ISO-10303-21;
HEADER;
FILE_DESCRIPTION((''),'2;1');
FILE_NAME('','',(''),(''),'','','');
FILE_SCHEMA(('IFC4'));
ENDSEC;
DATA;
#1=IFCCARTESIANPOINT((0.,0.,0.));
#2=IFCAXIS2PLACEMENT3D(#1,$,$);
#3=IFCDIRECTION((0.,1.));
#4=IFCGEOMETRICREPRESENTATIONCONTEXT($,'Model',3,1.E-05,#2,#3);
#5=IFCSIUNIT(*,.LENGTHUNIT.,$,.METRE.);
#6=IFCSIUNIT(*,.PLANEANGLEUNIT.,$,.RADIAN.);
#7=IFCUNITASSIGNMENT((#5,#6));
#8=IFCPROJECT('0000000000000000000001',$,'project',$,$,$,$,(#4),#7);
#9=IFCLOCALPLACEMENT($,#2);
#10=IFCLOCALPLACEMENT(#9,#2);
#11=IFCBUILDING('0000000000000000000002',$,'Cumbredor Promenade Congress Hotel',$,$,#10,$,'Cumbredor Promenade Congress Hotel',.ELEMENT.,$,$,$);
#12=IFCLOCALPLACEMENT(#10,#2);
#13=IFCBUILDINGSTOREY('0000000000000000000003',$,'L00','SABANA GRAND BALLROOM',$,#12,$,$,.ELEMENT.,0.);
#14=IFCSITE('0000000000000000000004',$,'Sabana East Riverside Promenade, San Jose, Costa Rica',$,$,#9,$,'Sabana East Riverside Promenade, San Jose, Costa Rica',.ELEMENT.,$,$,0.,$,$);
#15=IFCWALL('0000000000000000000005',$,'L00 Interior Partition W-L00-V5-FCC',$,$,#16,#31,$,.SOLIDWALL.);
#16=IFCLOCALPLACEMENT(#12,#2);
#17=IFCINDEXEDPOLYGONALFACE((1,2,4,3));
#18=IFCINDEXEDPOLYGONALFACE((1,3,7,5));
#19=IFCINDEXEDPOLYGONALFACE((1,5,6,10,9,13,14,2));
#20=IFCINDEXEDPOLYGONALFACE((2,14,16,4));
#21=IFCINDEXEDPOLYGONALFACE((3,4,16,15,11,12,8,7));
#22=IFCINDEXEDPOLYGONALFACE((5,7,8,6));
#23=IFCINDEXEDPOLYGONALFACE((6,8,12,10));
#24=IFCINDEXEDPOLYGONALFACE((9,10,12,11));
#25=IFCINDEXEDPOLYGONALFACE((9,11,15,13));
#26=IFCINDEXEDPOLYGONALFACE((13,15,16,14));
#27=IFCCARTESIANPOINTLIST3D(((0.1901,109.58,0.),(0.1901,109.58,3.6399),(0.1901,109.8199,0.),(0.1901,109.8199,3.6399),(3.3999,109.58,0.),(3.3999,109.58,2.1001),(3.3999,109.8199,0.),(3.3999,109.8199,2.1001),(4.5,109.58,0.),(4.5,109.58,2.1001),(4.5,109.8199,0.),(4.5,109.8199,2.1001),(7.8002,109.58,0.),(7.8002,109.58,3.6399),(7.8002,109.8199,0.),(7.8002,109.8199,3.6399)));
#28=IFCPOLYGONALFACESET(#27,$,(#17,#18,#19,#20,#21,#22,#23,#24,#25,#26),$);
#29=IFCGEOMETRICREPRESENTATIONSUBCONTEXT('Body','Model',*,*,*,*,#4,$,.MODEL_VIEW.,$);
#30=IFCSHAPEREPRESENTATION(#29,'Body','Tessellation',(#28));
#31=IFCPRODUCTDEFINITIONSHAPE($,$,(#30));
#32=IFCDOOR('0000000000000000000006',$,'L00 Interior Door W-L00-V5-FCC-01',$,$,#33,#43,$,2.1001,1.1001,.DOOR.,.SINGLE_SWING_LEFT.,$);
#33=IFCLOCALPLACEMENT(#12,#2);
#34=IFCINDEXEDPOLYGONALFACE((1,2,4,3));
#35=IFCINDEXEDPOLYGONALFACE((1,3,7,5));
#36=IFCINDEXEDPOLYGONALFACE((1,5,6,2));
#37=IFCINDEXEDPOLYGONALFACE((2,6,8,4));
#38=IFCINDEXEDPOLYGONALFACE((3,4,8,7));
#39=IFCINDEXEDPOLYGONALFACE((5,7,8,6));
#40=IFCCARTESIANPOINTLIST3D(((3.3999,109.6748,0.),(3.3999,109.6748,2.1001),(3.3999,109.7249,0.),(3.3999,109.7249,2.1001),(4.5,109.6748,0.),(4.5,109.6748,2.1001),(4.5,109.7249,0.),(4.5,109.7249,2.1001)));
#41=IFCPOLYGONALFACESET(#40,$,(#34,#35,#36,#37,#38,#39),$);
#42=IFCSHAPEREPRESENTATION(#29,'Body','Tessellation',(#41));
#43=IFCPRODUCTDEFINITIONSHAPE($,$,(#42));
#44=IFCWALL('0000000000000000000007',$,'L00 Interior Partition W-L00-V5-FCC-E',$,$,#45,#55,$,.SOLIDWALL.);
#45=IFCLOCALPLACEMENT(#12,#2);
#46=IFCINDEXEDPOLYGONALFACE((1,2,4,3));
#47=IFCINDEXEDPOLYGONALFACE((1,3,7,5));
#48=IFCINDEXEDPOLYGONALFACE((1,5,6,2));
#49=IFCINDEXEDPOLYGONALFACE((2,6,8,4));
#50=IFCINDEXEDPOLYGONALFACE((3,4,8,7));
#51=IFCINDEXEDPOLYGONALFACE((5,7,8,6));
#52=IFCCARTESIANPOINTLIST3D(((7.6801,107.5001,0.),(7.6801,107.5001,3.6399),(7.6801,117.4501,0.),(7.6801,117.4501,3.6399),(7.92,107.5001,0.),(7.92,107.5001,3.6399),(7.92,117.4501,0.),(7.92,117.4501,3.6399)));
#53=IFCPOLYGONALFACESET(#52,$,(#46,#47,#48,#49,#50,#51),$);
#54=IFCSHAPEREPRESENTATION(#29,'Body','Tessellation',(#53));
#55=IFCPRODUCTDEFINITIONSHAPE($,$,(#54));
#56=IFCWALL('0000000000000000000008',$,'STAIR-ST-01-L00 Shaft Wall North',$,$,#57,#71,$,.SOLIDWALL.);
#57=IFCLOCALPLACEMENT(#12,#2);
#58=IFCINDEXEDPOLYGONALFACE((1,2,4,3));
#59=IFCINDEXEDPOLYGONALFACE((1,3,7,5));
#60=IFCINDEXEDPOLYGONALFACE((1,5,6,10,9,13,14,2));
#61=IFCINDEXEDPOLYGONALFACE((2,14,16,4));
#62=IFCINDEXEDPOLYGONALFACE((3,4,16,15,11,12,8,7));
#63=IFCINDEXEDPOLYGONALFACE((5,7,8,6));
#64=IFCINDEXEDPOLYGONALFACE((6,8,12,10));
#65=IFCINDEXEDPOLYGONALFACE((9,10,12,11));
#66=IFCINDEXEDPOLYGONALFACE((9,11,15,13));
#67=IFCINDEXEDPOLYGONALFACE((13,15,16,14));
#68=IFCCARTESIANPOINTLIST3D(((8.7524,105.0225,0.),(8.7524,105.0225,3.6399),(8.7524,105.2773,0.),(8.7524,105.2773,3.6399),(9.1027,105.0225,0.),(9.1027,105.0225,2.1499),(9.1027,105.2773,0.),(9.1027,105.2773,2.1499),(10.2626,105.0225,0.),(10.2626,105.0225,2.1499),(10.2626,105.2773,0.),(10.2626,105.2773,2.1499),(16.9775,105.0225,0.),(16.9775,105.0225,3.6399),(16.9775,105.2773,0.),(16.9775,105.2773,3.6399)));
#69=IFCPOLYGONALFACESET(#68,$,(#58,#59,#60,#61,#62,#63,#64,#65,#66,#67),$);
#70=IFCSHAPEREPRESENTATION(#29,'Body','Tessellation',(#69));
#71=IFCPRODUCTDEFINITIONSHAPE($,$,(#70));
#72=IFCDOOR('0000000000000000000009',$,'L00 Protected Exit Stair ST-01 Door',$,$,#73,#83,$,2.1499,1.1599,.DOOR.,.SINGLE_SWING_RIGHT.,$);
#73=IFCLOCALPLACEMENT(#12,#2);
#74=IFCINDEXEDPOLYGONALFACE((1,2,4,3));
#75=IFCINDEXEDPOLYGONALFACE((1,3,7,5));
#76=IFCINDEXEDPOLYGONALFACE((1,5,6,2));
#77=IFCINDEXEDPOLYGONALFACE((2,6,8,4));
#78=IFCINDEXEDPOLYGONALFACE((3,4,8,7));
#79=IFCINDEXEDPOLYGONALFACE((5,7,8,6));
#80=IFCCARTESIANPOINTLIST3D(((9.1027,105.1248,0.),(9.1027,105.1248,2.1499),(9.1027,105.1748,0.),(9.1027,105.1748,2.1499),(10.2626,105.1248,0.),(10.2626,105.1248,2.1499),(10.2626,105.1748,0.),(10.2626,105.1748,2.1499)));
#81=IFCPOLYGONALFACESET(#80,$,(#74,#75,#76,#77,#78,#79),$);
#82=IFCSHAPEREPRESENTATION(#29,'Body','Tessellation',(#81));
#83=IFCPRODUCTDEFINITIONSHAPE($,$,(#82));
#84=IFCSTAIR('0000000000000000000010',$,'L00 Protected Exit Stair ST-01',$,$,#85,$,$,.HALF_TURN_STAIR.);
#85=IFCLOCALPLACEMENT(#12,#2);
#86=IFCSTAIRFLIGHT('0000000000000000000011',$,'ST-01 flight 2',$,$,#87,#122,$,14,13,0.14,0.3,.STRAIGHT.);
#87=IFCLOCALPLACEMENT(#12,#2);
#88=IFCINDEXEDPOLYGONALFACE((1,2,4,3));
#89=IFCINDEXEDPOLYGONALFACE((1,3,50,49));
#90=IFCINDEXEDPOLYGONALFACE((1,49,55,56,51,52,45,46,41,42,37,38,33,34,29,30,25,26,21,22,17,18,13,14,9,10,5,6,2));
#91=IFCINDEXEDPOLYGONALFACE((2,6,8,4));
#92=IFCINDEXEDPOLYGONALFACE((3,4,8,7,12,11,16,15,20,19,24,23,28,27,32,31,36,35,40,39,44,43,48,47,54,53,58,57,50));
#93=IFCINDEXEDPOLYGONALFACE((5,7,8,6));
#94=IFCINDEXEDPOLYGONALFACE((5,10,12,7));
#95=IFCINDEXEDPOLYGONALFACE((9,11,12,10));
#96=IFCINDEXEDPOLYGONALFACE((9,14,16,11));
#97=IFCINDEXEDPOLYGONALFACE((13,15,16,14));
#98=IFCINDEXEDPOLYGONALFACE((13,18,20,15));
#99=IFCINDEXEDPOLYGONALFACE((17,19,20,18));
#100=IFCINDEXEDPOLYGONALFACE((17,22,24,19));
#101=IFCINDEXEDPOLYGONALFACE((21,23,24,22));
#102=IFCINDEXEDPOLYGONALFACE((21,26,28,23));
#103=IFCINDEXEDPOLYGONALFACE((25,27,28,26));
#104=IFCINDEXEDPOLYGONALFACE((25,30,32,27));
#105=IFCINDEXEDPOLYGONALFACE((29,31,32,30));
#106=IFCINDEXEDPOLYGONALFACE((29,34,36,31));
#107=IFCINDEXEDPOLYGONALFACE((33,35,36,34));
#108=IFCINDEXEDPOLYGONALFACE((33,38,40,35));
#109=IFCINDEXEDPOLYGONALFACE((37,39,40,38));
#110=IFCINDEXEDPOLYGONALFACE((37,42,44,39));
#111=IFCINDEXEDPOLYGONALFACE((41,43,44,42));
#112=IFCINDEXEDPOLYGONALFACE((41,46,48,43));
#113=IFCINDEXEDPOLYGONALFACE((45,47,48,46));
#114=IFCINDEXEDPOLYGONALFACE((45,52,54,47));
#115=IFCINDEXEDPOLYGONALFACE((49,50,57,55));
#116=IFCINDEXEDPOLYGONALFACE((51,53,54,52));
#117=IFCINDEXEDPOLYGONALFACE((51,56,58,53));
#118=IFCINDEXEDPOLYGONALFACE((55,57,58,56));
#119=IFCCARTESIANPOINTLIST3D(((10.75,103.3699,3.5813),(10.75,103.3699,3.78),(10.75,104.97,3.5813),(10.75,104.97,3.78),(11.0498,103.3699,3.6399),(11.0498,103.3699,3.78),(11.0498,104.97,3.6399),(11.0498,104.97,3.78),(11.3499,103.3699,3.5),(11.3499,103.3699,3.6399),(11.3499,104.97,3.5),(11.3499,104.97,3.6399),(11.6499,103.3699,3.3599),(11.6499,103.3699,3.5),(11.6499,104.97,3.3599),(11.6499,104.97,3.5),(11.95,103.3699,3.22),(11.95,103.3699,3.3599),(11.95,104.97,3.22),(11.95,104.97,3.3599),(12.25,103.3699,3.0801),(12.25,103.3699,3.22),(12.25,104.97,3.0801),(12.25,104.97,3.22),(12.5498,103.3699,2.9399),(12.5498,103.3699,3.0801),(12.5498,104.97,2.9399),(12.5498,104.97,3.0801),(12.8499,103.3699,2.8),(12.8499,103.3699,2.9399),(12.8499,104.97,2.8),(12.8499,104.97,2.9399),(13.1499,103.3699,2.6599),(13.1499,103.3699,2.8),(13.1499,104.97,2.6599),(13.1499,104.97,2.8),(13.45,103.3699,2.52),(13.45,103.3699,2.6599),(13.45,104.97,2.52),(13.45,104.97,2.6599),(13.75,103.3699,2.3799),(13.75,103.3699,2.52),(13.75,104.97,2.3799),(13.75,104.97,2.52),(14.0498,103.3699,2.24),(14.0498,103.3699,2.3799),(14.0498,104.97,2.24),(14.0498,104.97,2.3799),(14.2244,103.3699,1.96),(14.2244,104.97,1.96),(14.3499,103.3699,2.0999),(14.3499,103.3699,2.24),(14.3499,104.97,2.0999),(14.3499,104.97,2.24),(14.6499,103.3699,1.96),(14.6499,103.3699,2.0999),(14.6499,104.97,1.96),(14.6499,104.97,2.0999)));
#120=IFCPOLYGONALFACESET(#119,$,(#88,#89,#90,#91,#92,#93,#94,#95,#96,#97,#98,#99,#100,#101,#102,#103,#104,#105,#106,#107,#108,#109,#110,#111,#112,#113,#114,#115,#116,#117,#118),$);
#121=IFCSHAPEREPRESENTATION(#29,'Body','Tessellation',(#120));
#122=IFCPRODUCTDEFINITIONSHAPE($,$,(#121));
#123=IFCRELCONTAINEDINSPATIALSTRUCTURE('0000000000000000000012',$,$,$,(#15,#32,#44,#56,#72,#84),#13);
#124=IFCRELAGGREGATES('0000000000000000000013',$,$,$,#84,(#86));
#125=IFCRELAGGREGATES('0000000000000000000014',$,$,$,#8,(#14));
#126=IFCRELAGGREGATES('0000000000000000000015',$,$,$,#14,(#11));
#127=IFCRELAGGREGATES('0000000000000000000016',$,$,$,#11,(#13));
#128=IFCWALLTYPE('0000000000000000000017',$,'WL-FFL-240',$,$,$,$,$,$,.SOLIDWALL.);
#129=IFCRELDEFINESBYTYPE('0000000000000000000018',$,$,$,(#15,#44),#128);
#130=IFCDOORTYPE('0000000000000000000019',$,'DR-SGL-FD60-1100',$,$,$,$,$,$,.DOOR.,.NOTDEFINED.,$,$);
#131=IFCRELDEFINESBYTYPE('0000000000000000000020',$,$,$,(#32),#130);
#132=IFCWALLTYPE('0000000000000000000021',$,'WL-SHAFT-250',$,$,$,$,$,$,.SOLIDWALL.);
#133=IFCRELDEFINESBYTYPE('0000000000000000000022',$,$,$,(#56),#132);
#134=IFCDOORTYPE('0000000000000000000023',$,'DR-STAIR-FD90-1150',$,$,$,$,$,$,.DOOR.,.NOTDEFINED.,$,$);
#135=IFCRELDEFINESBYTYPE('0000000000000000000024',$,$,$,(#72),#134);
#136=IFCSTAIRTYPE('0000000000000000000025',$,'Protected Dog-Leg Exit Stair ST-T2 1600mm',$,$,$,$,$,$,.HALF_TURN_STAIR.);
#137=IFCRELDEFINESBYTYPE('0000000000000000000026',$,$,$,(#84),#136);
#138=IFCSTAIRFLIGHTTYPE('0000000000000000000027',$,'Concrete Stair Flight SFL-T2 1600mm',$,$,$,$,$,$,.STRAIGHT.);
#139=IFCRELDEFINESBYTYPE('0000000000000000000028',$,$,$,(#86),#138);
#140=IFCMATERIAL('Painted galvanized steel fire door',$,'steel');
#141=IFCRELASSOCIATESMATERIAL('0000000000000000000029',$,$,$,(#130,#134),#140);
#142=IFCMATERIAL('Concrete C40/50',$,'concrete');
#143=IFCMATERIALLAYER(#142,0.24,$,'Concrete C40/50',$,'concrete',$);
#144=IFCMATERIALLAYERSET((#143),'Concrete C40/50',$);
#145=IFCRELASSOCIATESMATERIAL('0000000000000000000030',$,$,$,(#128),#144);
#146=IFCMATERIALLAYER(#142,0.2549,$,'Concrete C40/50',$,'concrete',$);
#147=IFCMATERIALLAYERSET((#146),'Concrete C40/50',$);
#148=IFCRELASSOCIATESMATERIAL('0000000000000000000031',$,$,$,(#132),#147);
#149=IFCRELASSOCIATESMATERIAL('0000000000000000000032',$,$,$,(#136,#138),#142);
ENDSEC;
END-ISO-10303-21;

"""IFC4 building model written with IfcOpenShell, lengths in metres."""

from ifc_helpers import new_model, si_unit, direction, frame, frame_2d, origin, place, context, subcontext, project, spatial, polyline, rectangle, outline, extrude, material, layer, layer_set, type_object, element, fill, aggregate, save


model = new_model("IFC4")

# Units and contexts
model_context = context("Model", 3, precision=1e-05, world=origin(), true_north=direction((0.0, 1.0)))
body_context = subcontext(model_context, "Body", "Model", "MODEL_VIEW")
ifc_project = project(units=[si_unit("LENGTHUNIT", "METRE"), si_unit("PLANEANGLEUNIT", "RADIAN")], contexts=[model_context])

# Site, building, storey
site_placement = place(None, origin())
site = spatial("IfcSite", under=ifc_project, at=site_placement, Name="Sabana East Riverside Promenade, San Jose, Costa Rica", LongName="Sabana East Riverside Promenade, San Jose, Costa Rica", CompositionType="ELEMENT", RefElevation=0.0)
building_placement = place(site_placement, origin())
building = spatial("IfcBuilding", under=site, at=building_placement, Name="Cumbredor Promenade Congress Hotel", LongName="Cumbredor Promenade Congress Hotel", CompositionType="ELEMENT")
storey_placement = place(building_placement, origin())
storey = spatial("IfcBuildingStorey", under=building, at=storey_placement, Name="L00", Description="SABANA GRAND BALLROOM", CompositionType="ELEMENT", Elevation=0.0)

# Shared definitions
ifc_material_1 = material(Name="Concrete C40/50", Category="concrete")

# Shared definitions
ifc_material_2 = material(Name="Painted galvanized steel fire door", Category="steel")
door_type_1 = type_object("IfcDoorType", Name="DR-SGL-FD60-1100", OperationType="NOTDEFINED", PredefinedType="DOOR", material=ifc_material_2)

# Wall, opening, door
ifc_layer_1 = layer(ifc_material_1, 0.24, Name="Concrete C40/50", Category="concrete")
ifc_layer_set_1 = layer_set([ifc_layer_1], Name="Concrete C40/50")
wall_type_1 = type_object("IfcWallType", Name="WL-FFL-240", PredefinedType="SOLIDWALL", material=ifc_layer_set_1)
wall_1_placement = place(storey_placement, frame((0.1899, 109.7, 0.0), z_axis=(0.0, 0.0, 1.0), x_axis=(1.0, 0.0, 0.0)))
wall_1 = element("IfcWall", 1, at=wall_1_placement, inside=storey, type_object=wall_type_1, Name="L00 Interior Partition W-L00-V5-FCC", PredefinedType="SOLIDWALL", context=body_context, shape_type="SweptSolid", body=[
    extrude(rectangle(XDim=7.6101, YDim=0.24, at=frame_2d((3.8052, 0.0))), origin(), (0.0, 0.0, 1.0), 3.6399),
])
opening_1_placement = place(wall_1_placement, frame((3.21, 0.0, 0.0)))
opening_1 = element("IfcOpeningElement", 2, at=opening_1_placement, cuts=wall_1, PredefinedType="OPENING", context=body_context, shape_type="SweptSolid", body=[
    extrude(rectangle(XDim=1.1001, YDim=2.1001, at=frame_2d((0.55, 1.05))), frame((0.0, 0.1299, 0.0), z_axis=(0.0, -1.0, 0.0), x_axis=(1.0, 0.0, 0.0)), (0.0, 0.0, 1.0), 0.26),
])
door_1_placement = place(opening_1_placement, origin())
door_1 = element("IfcDoor", 3, at=door_1_placement, inside=storey, type_object=door_type_1, Name="L00 Interior Door W-L00-V5-FCC-01", OperationType="SINGLE_SWING_LEFT", OverallHeight=2.1001, OverallWidth=1.1001, PredefinedType="DOOR", context=body_context, shape_type="SweptSolid", body=[
    extrude(rectangle(XDim=1.1001, YDim=2.1001, at=frame_2d((0.55, 1.05))), frame((0.0, 0.0249, 0.0), z_axis=(0.0, -1.0, 0.0), x_axis=(1.0, 0.0, 0.0)), (0.0, 0.0, 1.0), 0.05),
])
fill(opening_1, door_1)

# Wall
wall_2_placement = place(storey_placement, frame((7.8, 107.5, 0.0), z_axis=(0.0, 0.0, 1.0), x_axis=(0.0, 1.0, 0.0)))
element("IfcWall", 4, at=wall_2_placement, inside=storey, type_object=wall_type_1, Name="L00 Interior Partition W-L00-V5-FCC-E", PredefinedType="SOLIDWALL", context=body_context, shape_type="SweptSolid", body=[
    extrude(rectangle(XDim=9.95, YDim=0.24, at=frame_2d((4.9751, 0.0))), origin(), (0.0, 0.0, 1.0), 3.6399),
])

# Wall, opening, door
ifc_layer_2 = layer(ifc_material_1, 0.2549, Name="Concrete C40/50", Category="concrete")
ifc_layer_set_2 = layer_set([ifc_layer_2], Name="Concrete C40/50")
wall_type_2 = type_object("IfcWallType", Name="WL-SHAFT-250", PredefinedType="SOLIDWALL", material=ifc_layer_set_2)
wall_3_placement = place(storey_placement, frame((8.7524, 105.1499, 0.0), z_axis=(0.0, 0.0, 1.0), x_axis=(1.0, 0.0, 0.0)))
wall_3 = element("IfcWall", 5, at=wall_3_placement, inside=storey, type_object=wall_type_2, Name="STAIR-ST-01-L00 Shaft Wall North", PredefinedType="SOLIDWALL", context=body_context, shape_type="SweptSolid", body=[
    extrude(rectangle(XDim=8.2251, YDim=0.2549, at=frame_2d((4.1125, 0.0))), origin(), (0.0, 0.0, 1.0), 3.6399),
])
opening_2_placement = place(wall_3_placement, frame((0.3501, 0.0, 0.0)))
opening_2 = element("IfcOpeningElement", 6, at=opening_2_placement, cuts=wall_3, PredefinedType="OPENING", context=body_context, shape_type="SweptSolid", body=[
    extrude(rectangle(XDim=1.1599, YDim=2.1499, at=frame_2d((0.5801, 1.075))), frame((0.0, 0.1375, 0.0), z_axis=(0.0, -1.0, 0.0), x_axis=(1.0, 0.0, 0.0)), (0.0, 0.0, 1.0), 0.2749),
])
door_type_2 = type_object("IfcDoorType", Name="DR-STAIR-FD90-1150", OperationType="NOTDEFINED", PredefinedType="DOOR", material=ifc_material_2)
door_2_placement = place(opening_2_placement, origin())
door_2 = element("IfcDoor", 7, at=door_2_placement, inside=storey, type_object=door_type_2, Name="L00 Protected Exit Stair ST-01 Door", OperationType="SINGLE_SWING_RIGHT", OverallHeight=2.1499, OverallWidth=1.1599, PredefinedType="DOOR", context=body_context, shape_type="SweptSolid", body=[
    extrude(rectangle(XDim=1.1599, YDim=2.1499, at=frame_2d((0.5801, 1.075))), frame((0.0, 0.0249, 0.0), z_axis=(0.0, -1.0, 0.0), x_axis=(1.0, 0.0, 0.0)), (0.0, 0.0, 1.0), 0.05),
])
fill(opening_2, door_2)

# Stair, stair flight
stair_type = type_object("IfcStairType", Name="Protected Dog-Leg Exit Stair ST-T2 1600mm", PredefinedType="HALF_TURN_STAIR", material=ifc_material_1)
stair_placement = place(storey_placement, origin())
stair = element("IfcStair", 8, at=stair_placement, inside=storey, type_object=stair_type, Name="L00 Protected Exit Stair ST-01", PredefinedType="HALF_TURN_STAIR")
stair_flight_type = type_object("IfcStairFlightType", Name="Concrete Stair Flight SFL-T2 1600mm", PredefinedType="STRAIGHT", material=ifc_material_1)
stair_flight_placement = place(storey_placement, frame((14.6499, 104.1699, 1.96), z_axis=(0.0, 0.0, 1.0), x_axis=(-1.0, 0.0, 0.0)))
stair_flight = element("IfcStairFlight", 9, at=stair_flight_placement, type_object=stair_flight_type, Name="ST-01 flight 2", NumberOfRisers=14, NumberOfTreads=13, PredefinedType="STRAIGHT", RiserHeight=0.14, TreadLength=0.3, context=body_context, shape_type="SweptSolid", body=[
    extrude(outline(polyline([(0.0, 0.0), (0.0, 0.1399), (0.3, 0.1399), (0.3, 0.28), (0.6001, 0.28), (0.6001, 0.4199), (0.8999, 0.4199), (0.8999, 0.5601), (1.2, 0.5601), (1.2, 0.7), (1.5, 0.7), (1.5, 0.8401), (1.8, 0.8401), (1.8, 0.98), (2.1001, 0.98), (2.1001, 1.1201), (2.3999, 1.1201), (2.3999, 1.26), (2.7, 1.26), (2.7, 1.3999), (3.0, 1.3999), (3.0, 1.54), (3.3, 1.54), (3.3, 1.6799), (3.6001, 1.6799), (3.6001, 1.8201), (3.8999, 1.8201), (3.8999, 1.96), (3.8999, 1.6213), (0.4255, 0.0), (0.0, 0.0)])), frame((0.0, 0.8, 0.0), z_axis=(0.0, -1.0, 0.0), x_axis=(1.0, 0.0, 0.0)), (0.0, 0.0, 1.0), 1.6001),
])
aggregate(stair, [stair_flight])

save(model, "model.ifc")
